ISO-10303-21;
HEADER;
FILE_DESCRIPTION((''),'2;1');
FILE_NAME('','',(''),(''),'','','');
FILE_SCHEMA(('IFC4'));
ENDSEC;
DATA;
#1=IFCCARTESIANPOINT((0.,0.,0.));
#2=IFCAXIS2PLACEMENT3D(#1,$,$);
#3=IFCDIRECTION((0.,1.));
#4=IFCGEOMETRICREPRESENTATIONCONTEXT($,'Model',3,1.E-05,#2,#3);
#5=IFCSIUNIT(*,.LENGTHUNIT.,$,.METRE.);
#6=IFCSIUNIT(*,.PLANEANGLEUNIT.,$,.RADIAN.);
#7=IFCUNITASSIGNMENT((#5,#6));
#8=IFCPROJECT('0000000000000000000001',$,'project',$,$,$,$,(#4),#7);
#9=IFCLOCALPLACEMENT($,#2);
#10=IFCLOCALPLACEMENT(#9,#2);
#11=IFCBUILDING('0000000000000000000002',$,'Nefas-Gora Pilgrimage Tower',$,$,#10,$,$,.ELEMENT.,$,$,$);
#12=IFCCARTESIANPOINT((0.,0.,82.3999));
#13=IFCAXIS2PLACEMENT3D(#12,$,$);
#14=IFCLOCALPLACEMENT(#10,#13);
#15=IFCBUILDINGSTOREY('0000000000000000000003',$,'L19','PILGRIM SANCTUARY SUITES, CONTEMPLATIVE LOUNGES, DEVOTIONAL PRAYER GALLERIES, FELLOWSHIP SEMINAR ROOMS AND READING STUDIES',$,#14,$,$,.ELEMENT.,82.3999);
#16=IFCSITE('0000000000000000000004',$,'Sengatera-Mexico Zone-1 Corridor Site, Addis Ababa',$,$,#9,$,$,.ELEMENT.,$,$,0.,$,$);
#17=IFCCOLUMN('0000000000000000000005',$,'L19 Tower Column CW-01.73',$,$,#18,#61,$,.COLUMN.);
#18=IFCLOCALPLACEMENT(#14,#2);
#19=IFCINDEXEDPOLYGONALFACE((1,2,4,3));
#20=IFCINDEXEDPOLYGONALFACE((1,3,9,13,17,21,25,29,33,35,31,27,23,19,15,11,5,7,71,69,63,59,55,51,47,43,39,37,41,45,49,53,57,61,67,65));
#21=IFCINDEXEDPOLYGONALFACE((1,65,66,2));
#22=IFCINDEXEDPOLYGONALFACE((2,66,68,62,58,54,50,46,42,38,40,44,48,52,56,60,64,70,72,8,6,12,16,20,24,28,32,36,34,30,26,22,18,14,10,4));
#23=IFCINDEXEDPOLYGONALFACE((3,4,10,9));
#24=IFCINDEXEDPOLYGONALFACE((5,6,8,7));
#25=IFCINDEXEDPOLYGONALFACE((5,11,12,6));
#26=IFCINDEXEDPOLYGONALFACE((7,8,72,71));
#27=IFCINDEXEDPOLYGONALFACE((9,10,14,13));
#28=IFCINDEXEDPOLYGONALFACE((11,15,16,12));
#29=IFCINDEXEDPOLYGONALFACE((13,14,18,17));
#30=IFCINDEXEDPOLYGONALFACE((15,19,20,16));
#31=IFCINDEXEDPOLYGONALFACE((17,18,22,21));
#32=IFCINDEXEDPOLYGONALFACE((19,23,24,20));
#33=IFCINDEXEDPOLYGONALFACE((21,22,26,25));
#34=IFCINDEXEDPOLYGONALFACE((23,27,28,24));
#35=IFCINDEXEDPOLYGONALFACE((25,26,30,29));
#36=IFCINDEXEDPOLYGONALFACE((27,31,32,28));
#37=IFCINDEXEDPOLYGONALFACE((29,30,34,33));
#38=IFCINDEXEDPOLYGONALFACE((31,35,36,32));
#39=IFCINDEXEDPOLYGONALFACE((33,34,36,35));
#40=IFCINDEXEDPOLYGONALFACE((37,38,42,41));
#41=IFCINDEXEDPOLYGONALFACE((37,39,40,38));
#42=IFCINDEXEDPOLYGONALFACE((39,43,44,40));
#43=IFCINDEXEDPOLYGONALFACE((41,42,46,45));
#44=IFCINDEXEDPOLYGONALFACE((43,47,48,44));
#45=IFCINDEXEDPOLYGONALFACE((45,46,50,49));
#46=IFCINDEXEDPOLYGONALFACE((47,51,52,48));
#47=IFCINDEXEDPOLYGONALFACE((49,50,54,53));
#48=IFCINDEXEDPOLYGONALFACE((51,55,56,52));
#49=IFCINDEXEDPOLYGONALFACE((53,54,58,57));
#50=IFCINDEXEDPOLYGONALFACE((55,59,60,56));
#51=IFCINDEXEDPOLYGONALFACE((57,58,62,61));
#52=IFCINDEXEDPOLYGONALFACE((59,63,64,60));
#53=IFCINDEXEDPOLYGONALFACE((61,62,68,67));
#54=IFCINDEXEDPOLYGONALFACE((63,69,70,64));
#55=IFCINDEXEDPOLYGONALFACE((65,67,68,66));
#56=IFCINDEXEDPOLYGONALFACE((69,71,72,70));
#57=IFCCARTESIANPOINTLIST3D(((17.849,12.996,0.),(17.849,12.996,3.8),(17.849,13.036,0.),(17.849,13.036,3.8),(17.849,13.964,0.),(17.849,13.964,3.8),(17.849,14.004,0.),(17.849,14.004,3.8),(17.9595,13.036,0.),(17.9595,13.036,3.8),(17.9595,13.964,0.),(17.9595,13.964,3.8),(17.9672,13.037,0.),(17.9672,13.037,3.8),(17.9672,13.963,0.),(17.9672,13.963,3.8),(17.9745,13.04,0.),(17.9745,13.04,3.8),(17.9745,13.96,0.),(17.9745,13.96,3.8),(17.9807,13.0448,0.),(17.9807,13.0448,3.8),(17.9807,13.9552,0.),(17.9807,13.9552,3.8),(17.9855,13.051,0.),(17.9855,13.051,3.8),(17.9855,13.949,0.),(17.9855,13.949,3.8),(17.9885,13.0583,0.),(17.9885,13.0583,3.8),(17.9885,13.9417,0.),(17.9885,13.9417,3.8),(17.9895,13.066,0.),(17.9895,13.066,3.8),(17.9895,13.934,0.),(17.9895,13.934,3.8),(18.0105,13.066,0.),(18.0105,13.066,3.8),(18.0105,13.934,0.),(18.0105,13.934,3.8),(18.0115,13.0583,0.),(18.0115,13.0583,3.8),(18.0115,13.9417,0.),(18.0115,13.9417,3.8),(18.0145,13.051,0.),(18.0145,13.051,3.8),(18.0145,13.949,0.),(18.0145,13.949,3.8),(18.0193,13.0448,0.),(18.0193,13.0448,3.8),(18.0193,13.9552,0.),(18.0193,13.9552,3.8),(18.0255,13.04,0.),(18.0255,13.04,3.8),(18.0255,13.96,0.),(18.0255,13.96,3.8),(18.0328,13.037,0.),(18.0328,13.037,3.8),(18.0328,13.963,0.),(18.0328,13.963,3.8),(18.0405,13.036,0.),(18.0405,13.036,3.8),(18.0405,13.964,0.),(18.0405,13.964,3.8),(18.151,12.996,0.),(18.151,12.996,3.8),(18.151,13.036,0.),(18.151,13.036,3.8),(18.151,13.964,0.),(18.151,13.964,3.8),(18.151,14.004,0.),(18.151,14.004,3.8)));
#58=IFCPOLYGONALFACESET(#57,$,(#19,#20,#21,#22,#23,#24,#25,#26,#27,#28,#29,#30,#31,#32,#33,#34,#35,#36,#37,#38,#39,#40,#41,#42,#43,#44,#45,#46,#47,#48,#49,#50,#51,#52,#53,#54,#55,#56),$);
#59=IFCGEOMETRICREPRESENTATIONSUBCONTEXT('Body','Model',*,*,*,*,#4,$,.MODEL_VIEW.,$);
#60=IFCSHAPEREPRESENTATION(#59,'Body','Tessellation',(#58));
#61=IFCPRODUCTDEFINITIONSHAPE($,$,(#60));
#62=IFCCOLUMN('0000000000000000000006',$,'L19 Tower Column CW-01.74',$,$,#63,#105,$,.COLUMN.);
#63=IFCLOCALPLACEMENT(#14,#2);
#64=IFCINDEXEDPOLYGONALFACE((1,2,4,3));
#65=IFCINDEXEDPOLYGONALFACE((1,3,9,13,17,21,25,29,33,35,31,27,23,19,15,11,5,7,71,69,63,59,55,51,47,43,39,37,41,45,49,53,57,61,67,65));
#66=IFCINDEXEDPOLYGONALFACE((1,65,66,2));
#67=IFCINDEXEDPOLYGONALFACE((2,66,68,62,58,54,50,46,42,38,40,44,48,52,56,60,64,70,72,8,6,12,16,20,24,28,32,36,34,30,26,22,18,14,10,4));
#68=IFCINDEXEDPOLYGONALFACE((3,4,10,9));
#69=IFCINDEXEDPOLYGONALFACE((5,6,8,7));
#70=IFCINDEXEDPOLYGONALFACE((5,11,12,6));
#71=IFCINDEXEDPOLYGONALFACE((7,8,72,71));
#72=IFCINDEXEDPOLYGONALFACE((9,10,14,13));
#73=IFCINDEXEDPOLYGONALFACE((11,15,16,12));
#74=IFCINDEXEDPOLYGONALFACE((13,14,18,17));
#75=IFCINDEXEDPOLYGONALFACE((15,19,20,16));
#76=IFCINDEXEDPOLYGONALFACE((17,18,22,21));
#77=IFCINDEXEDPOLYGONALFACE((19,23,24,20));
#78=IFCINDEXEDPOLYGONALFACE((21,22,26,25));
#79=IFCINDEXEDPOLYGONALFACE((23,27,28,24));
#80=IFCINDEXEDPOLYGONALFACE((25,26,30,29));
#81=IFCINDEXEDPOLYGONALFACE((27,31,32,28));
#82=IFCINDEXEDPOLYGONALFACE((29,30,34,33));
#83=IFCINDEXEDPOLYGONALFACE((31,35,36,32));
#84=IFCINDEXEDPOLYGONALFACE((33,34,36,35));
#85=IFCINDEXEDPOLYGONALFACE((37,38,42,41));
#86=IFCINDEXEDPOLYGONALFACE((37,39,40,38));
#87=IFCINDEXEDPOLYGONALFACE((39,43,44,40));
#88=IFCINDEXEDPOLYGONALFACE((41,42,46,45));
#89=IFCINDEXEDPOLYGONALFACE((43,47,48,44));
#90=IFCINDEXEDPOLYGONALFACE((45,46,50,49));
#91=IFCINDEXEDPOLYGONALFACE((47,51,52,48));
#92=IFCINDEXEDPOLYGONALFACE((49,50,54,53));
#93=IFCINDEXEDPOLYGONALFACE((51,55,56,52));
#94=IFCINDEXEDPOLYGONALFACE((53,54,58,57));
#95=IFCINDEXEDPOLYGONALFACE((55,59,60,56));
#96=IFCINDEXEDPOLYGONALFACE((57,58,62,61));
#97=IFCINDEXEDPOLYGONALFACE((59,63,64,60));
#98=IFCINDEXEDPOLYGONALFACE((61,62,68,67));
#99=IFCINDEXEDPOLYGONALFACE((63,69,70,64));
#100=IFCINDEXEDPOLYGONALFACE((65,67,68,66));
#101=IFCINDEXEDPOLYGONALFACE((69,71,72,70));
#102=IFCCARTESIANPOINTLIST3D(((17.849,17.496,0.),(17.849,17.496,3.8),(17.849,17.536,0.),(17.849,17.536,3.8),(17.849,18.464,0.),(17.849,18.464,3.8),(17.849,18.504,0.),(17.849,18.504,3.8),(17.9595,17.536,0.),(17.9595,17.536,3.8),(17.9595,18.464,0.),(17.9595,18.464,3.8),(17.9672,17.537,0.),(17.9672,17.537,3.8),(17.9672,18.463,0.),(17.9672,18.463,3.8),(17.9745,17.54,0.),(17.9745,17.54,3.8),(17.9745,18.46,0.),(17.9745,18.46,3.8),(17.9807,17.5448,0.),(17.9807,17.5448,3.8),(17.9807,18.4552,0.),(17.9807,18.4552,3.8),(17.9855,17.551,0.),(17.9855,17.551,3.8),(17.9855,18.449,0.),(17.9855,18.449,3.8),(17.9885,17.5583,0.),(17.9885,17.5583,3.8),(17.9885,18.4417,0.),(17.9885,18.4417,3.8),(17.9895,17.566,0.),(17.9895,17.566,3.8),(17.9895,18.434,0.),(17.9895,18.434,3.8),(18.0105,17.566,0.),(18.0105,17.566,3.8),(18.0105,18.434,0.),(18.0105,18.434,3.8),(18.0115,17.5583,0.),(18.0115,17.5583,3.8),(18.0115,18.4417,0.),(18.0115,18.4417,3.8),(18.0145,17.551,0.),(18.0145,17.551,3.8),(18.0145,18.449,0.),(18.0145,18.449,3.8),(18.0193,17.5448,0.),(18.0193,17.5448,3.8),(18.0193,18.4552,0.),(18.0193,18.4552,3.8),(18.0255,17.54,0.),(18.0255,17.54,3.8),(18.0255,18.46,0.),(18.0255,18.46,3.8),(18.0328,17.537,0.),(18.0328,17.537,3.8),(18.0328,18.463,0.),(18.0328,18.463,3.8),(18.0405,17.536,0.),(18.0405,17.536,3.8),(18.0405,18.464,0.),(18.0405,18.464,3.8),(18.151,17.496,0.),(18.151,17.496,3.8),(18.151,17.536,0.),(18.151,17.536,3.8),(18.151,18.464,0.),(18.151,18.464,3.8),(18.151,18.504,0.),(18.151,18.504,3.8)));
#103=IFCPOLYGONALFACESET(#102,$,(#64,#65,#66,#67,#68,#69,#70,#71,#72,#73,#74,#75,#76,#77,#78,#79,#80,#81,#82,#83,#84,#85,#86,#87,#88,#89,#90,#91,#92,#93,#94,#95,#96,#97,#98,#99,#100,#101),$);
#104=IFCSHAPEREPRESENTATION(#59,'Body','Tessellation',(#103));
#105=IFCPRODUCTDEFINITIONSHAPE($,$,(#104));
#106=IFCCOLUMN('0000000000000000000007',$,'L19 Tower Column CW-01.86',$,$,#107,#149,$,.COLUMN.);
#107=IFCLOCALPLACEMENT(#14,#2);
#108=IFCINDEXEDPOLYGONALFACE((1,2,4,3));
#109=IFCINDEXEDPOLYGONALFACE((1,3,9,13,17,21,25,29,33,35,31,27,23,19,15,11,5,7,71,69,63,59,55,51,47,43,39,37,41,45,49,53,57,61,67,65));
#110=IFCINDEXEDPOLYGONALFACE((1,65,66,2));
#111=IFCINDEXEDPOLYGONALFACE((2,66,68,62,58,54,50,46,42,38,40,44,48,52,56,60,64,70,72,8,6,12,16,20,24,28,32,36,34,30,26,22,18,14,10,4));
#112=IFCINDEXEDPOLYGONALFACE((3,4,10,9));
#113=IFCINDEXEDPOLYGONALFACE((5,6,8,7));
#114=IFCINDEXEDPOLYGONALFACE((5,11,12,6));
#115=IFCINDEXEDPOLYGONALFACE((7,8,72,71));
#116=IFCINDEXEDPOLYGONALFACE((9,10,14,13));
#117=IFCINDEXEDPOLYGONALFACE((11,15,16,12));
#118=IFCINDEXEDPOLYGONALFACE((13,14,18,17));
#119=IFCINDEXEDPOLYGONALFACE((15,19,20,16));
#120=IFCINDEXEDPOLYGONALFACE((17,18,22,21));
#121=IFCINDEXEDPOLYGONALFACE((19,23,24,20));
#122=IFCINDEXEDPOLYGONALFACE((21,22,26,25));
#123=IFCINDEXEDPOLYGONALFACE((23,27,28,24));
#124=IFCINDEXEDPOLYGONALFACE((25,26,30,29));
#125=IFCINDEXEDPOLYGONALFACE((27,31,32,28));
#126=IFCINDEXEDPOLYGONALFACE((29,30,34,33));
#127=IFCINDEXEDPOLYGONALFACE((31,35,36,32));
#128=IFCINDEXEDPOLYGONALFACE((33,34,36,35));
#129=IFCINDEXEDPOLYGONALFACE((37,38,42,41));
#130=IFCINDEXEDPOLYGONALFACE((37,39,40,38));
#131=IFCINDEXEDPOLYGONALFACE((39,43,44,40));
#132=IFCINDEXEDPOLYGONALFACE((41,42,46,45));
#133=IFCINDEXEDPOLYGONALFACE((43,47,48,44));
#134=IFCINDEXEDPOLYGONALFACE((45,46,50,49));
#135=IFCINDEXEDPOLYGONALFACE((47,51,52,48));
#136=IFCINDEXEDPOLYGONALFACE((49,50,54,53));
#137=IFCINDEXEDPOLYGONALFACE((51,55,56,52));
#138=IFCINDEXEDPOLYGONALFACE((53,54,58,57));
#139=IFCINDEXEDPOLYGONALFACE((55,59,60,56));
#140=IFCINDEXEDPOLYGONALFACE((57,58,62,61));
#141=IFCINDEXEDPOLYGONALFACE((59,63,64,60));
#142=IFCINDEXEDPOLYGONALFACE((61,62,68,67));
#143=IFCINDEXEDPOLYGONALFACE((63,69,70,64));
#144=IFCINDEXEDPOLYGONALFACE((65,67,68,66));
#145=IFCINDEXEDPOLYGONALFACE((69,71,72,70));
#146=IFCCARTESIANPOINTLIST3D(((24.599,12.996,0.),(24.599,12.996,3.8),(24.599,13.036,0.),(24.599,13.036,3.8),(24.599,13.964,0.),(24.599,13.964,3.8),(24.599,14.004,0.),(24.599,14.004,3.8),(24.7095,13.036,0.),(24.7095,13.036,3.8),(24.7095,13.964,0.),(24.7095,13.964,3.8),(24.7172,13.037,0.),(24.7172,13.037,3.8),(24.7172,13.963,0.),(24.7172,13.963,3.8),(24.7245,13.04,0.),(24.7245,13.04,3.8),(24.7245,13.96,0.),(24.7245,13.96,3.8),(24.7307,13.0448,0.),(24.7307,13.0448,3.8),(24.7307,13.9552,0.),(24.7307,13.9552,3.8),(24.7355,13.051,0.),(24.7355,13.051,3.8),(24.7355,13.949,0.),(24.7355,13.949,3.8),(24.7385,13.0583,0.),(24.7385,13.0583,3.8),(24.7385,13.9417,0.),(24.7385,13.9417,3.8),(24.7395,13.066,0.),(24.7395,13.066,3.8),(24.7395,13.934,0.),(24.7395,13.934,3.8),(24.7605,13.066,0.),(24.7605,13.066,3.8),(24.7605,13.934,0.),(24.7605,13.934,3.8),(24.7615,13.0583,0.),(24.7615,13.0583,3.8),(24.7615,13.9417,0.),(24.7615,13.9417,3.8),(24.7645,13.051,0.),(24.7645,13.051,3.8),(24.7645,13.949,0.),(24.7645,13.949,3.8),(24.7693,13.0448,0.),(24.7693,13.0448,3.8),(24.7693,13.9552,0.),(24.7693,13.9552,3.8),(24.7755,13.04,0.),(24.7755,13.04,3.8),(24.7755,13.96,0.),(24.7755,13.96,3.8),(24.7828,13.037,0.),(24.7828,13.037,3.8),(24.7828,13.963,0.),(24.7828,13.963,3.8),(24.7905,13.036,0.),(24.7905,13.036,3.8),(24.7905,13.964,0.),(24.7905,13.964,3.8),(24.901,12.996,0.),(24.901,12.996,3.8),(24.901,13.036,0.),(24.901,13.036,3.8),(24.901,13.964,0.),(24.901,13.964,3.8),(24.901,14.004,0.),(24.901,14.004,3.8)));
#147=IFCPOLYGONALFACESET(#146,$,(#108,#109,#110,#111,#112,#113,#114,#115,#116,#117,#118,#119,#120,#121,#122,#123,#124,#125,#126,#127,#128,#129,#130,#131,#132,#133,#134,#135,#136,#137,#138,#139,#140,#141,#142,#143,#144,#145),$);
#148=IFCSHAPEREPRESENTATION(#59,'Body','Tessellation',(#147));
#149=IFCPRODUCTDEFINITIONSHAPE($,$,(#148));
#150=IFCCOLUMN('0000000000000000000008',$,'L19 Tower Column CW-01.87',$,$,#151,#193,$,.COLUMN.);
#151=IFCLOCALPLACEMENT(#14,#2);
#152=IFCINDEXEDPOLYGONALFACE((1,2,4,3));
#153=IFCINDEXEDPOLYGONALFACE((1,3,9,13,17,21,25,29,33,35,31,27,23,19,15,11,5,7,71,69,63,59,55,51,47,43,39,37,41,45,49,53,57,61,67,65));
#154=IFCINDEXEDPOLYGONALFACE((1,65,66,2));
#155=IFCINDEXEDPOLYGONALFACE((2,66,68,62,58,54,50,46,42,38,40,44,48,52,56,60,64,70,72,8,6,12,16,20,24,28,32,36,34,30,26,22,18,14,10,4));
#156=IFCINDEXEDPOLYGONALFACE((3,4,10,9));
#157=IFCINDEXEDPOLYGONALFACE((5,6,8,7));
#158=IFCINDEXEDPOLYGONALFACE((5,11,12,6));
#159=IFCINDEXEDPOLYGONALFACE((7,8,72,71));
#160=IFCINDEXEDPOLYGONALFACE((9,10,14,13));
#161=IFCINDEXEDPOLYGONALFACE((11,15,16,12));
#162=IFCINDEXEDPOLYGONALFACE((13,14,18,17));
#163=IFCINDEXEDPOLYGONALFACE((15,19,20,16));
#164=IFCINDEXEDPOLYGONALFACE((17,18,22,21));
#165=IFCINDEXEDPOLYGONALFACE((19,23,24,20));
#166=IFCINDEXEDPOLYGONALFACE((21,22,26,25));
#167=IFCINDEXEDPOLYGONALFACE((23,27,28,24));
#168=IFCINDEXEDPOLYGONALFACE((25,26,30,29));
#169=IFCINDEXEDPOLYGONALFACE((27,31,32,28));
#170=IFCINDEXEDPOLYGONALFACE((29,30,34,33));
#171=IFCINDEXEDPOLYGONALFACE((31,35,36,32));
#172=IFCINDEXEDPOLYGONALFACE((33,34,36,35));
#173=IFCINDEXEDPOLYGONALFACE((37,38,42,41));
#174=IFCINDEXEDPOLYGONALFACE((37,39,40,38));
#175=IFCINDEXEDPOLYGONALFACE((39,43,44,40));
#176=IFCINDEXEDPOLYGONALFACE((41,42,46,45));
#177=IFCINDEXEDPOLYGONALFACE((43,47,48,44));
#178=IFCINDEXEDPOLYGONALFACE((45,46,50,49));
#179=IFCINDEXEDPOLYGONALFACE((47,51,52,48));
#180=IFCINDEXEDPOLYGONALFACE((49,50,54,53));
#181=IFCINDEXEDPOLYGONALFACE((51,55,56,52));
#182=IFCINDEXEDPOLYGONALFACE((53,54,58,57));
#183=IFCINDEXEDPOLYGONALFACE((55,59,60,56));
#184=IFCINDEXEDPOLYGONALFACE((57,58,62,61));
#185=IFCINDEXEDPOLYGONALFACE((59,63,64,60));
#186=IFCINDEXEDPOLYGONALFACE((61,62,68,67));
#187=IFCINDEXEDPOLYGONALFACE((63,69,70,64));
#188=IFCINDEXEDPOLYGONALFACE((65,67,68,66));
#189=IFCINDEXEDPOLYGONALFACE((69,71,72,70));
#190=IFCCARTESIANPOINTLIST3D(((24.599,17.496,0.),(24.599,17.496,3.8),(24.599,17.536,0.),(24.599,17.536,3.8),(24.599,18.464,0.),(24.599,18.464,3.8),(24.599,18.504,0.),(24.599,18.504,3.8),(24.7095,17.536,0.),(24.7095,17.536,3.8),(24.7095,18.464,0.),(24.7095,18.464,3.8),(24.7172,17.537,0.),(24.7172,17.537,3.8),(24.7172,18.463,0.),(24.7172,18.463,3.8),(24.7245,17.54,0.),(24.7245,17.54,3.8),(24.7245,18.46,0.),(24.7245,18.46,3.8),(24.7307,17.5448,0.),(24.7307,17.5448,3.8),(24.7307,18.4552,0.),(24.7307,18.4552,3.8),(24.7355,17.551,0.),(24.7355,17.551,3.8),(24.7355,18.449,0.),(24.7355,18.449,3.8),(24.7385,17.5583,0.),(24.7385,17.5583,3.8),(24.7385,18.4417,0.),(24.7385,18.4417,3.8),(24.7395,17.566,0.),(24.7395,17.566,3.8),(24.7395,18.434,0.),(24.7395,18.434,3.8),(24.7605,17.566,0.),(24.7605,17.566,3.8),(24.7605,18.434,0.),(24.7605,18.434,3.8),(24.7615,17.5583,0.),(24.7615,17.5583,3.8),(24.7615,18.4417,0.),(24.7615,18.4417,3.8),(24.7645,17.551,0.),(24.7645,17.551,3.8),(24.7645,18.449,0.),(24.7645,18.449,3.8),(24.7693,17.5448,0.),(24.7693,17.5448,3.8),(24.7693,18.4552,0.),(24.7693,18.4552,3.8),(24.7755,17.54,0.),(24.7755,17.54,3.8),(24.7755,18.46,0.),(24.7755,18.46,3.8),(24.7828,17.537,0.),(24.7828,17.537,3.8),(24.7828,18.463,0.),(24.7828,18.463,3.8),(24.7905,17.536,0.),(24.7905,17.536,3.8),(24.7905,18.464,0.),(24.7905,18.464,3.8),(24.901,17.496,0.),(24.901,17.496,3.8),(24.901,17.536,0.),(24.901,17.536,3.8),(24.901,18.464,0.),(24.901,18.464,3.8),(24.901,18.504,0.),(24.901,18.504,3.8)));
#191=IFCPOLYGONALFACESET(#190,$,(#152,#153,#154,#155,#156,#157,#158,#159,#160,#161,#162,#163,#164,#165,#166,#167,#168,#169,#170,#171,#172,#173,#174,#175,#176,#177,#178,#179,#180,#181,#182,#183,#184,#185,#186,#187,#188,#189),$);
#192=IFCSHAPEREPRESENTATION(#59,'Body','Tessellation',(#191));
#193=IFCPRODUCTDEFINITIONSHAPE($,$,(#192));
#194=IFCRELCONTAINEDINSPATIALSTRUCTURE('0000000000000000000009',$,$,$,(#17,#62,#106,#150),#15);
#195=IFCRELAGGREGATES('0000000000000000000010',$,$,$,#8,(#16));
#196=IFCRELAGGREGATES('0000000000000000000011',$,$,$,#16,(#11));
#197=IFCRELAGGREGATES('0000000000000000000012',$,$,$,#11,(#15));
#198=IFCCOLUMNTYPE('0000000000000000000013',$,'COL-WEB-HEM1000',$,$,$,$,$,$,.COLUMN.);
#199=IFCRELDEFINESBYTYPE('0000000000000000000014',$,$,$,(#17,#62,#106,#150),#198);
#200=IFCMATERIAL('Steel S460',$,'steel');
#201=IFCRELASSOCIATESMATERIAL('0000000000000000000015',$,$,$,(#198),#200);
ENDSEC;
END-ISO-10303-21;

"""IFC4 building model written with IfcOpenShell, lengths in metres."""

from ifc_helpers import new_model, si_unit, direction, frame, origin, origin_2d, place, context, subcontext, project, spatial, i_section, extrude, source, transform, mapped, material, material_profile, profile_set, type_object, element, save


model = new_model("IFC4")

# Units and contexts
model_context = context("Model", 3, precision=1e-05, world=origin(), true_north=direction((0.0, 1.0)))
body_context = subcontext(model_context, "Body", "Model", "MODEL_VIEW")
ifc_project = project(units=[si_unit("LENGTHUNIT", "METRE"), si_unit("PLANEANGLEUNIT", "RADIAN")], contexts=[model_context])

# Site, building, storey
site_placement = place(None, origin())
site = spatial("IfcSite", under=ifc_project, at=site_placement, Name="Sengatera-Mexico Zone-1 Corridor Site, Addis Ababa", CompositionType="ELEMENT", RefElevation=0.0)
building_placement = place(site_placement, origin())
building = spatial("IfcBuilding", under=site, at=building_placement, Name="Nefas-Gora Pilgrimage Tower", CompositionType="ELEMENT")
storey_placement = place(building_placement, frame((0.0, 0.0, 82.3999)))
storey = spatial("IfcBuildingStorey", under=building, at=storey_placement, Name="L19", Description="PILGRIM SANCTUARY SUITES, CONTEMPLATIVE LOUNGES, DEVOTIONAL PRAYER GALLERIES, FELLOWSHIP SEMINAR ROOMS AND READING STUDIES", CompositionType="ELEMENT", Elevation=82.3999)

# Columns
ifc_material_1 = material(Name="Steel S460", Category="steel")
ifc_material_profile_1 = material_profile(ifc_material_1, i_section(OverallWidth=0.302, OverallDepth=1.0081, WebThickness=0.021, FlangeThickness=0.04, FilletRadius=0.03, at=origin_2d()), Name="HEM 1000")
ifc_profile_set_1 = profile_set([ifc_material_profile_1], Name="Steel S460")
column_type_1 = type_object("IfcColumnType", Name="COL-WEB-HEM1000", PredefinedType="COLUMN", material=ifc_profile_set_1)
shared_shape_1 = source(origin(), body_context, "Body", "SweptSolid", [
    extrude(i_section(OverallWidth=0.302, OverallDepth=1.0081, WebThickness=0.021, FlangeThickness=0.04, FilletRadius=0.03, at=origin_2d()), origin(), (0.0, 0.0, 1.0), 3.8),
])
for number, where, z_axis, x_axis, name in (
    (1, (18.0, 13.5, 0.0), (0.0, 0.0, 1.0), (1.0, 0.0, 0.0), "L19 Tower Column CW-01.73"),
    (2, (18.0, 18.0, 0.0), (0.0, 0.0, 1.0), (1.0, 0.0, 0.0), "L19 Tower Column CW-01.74"),
    (3, (24.75, 13.5, 0.0), (0.0, 0.0, 1.0), (1.0, 0.0, 0.0), "L19 Tower Column CW-01.86"),
    (4, (24.75, 18.0, 0.0), (0.0, 0.0, 1.0), (1.0, 0.0, 0.0), "L19 Tower Column CW-01.87"),
):
    element("IfcColumn", number, at=place(storey_placement, frame(where, z_axis=z_axis, x_axis=x_axis)), inside=storey, type_object=column_type_1, Name=name, PredefinedType="COLUMN", context=body_context, shape_type="MappedRepresentation", body=[
        mapped(shared_shape_1, transform((0.0, 0.0, 0.0), x_axis=(1.0, 0.0, 0.0), y_axis=(0.0, 1.0, 0.0), z_axis=(0.0, 0.0, 1.0), scale=1.0)),
    ])

save(model, "model.ifc")
